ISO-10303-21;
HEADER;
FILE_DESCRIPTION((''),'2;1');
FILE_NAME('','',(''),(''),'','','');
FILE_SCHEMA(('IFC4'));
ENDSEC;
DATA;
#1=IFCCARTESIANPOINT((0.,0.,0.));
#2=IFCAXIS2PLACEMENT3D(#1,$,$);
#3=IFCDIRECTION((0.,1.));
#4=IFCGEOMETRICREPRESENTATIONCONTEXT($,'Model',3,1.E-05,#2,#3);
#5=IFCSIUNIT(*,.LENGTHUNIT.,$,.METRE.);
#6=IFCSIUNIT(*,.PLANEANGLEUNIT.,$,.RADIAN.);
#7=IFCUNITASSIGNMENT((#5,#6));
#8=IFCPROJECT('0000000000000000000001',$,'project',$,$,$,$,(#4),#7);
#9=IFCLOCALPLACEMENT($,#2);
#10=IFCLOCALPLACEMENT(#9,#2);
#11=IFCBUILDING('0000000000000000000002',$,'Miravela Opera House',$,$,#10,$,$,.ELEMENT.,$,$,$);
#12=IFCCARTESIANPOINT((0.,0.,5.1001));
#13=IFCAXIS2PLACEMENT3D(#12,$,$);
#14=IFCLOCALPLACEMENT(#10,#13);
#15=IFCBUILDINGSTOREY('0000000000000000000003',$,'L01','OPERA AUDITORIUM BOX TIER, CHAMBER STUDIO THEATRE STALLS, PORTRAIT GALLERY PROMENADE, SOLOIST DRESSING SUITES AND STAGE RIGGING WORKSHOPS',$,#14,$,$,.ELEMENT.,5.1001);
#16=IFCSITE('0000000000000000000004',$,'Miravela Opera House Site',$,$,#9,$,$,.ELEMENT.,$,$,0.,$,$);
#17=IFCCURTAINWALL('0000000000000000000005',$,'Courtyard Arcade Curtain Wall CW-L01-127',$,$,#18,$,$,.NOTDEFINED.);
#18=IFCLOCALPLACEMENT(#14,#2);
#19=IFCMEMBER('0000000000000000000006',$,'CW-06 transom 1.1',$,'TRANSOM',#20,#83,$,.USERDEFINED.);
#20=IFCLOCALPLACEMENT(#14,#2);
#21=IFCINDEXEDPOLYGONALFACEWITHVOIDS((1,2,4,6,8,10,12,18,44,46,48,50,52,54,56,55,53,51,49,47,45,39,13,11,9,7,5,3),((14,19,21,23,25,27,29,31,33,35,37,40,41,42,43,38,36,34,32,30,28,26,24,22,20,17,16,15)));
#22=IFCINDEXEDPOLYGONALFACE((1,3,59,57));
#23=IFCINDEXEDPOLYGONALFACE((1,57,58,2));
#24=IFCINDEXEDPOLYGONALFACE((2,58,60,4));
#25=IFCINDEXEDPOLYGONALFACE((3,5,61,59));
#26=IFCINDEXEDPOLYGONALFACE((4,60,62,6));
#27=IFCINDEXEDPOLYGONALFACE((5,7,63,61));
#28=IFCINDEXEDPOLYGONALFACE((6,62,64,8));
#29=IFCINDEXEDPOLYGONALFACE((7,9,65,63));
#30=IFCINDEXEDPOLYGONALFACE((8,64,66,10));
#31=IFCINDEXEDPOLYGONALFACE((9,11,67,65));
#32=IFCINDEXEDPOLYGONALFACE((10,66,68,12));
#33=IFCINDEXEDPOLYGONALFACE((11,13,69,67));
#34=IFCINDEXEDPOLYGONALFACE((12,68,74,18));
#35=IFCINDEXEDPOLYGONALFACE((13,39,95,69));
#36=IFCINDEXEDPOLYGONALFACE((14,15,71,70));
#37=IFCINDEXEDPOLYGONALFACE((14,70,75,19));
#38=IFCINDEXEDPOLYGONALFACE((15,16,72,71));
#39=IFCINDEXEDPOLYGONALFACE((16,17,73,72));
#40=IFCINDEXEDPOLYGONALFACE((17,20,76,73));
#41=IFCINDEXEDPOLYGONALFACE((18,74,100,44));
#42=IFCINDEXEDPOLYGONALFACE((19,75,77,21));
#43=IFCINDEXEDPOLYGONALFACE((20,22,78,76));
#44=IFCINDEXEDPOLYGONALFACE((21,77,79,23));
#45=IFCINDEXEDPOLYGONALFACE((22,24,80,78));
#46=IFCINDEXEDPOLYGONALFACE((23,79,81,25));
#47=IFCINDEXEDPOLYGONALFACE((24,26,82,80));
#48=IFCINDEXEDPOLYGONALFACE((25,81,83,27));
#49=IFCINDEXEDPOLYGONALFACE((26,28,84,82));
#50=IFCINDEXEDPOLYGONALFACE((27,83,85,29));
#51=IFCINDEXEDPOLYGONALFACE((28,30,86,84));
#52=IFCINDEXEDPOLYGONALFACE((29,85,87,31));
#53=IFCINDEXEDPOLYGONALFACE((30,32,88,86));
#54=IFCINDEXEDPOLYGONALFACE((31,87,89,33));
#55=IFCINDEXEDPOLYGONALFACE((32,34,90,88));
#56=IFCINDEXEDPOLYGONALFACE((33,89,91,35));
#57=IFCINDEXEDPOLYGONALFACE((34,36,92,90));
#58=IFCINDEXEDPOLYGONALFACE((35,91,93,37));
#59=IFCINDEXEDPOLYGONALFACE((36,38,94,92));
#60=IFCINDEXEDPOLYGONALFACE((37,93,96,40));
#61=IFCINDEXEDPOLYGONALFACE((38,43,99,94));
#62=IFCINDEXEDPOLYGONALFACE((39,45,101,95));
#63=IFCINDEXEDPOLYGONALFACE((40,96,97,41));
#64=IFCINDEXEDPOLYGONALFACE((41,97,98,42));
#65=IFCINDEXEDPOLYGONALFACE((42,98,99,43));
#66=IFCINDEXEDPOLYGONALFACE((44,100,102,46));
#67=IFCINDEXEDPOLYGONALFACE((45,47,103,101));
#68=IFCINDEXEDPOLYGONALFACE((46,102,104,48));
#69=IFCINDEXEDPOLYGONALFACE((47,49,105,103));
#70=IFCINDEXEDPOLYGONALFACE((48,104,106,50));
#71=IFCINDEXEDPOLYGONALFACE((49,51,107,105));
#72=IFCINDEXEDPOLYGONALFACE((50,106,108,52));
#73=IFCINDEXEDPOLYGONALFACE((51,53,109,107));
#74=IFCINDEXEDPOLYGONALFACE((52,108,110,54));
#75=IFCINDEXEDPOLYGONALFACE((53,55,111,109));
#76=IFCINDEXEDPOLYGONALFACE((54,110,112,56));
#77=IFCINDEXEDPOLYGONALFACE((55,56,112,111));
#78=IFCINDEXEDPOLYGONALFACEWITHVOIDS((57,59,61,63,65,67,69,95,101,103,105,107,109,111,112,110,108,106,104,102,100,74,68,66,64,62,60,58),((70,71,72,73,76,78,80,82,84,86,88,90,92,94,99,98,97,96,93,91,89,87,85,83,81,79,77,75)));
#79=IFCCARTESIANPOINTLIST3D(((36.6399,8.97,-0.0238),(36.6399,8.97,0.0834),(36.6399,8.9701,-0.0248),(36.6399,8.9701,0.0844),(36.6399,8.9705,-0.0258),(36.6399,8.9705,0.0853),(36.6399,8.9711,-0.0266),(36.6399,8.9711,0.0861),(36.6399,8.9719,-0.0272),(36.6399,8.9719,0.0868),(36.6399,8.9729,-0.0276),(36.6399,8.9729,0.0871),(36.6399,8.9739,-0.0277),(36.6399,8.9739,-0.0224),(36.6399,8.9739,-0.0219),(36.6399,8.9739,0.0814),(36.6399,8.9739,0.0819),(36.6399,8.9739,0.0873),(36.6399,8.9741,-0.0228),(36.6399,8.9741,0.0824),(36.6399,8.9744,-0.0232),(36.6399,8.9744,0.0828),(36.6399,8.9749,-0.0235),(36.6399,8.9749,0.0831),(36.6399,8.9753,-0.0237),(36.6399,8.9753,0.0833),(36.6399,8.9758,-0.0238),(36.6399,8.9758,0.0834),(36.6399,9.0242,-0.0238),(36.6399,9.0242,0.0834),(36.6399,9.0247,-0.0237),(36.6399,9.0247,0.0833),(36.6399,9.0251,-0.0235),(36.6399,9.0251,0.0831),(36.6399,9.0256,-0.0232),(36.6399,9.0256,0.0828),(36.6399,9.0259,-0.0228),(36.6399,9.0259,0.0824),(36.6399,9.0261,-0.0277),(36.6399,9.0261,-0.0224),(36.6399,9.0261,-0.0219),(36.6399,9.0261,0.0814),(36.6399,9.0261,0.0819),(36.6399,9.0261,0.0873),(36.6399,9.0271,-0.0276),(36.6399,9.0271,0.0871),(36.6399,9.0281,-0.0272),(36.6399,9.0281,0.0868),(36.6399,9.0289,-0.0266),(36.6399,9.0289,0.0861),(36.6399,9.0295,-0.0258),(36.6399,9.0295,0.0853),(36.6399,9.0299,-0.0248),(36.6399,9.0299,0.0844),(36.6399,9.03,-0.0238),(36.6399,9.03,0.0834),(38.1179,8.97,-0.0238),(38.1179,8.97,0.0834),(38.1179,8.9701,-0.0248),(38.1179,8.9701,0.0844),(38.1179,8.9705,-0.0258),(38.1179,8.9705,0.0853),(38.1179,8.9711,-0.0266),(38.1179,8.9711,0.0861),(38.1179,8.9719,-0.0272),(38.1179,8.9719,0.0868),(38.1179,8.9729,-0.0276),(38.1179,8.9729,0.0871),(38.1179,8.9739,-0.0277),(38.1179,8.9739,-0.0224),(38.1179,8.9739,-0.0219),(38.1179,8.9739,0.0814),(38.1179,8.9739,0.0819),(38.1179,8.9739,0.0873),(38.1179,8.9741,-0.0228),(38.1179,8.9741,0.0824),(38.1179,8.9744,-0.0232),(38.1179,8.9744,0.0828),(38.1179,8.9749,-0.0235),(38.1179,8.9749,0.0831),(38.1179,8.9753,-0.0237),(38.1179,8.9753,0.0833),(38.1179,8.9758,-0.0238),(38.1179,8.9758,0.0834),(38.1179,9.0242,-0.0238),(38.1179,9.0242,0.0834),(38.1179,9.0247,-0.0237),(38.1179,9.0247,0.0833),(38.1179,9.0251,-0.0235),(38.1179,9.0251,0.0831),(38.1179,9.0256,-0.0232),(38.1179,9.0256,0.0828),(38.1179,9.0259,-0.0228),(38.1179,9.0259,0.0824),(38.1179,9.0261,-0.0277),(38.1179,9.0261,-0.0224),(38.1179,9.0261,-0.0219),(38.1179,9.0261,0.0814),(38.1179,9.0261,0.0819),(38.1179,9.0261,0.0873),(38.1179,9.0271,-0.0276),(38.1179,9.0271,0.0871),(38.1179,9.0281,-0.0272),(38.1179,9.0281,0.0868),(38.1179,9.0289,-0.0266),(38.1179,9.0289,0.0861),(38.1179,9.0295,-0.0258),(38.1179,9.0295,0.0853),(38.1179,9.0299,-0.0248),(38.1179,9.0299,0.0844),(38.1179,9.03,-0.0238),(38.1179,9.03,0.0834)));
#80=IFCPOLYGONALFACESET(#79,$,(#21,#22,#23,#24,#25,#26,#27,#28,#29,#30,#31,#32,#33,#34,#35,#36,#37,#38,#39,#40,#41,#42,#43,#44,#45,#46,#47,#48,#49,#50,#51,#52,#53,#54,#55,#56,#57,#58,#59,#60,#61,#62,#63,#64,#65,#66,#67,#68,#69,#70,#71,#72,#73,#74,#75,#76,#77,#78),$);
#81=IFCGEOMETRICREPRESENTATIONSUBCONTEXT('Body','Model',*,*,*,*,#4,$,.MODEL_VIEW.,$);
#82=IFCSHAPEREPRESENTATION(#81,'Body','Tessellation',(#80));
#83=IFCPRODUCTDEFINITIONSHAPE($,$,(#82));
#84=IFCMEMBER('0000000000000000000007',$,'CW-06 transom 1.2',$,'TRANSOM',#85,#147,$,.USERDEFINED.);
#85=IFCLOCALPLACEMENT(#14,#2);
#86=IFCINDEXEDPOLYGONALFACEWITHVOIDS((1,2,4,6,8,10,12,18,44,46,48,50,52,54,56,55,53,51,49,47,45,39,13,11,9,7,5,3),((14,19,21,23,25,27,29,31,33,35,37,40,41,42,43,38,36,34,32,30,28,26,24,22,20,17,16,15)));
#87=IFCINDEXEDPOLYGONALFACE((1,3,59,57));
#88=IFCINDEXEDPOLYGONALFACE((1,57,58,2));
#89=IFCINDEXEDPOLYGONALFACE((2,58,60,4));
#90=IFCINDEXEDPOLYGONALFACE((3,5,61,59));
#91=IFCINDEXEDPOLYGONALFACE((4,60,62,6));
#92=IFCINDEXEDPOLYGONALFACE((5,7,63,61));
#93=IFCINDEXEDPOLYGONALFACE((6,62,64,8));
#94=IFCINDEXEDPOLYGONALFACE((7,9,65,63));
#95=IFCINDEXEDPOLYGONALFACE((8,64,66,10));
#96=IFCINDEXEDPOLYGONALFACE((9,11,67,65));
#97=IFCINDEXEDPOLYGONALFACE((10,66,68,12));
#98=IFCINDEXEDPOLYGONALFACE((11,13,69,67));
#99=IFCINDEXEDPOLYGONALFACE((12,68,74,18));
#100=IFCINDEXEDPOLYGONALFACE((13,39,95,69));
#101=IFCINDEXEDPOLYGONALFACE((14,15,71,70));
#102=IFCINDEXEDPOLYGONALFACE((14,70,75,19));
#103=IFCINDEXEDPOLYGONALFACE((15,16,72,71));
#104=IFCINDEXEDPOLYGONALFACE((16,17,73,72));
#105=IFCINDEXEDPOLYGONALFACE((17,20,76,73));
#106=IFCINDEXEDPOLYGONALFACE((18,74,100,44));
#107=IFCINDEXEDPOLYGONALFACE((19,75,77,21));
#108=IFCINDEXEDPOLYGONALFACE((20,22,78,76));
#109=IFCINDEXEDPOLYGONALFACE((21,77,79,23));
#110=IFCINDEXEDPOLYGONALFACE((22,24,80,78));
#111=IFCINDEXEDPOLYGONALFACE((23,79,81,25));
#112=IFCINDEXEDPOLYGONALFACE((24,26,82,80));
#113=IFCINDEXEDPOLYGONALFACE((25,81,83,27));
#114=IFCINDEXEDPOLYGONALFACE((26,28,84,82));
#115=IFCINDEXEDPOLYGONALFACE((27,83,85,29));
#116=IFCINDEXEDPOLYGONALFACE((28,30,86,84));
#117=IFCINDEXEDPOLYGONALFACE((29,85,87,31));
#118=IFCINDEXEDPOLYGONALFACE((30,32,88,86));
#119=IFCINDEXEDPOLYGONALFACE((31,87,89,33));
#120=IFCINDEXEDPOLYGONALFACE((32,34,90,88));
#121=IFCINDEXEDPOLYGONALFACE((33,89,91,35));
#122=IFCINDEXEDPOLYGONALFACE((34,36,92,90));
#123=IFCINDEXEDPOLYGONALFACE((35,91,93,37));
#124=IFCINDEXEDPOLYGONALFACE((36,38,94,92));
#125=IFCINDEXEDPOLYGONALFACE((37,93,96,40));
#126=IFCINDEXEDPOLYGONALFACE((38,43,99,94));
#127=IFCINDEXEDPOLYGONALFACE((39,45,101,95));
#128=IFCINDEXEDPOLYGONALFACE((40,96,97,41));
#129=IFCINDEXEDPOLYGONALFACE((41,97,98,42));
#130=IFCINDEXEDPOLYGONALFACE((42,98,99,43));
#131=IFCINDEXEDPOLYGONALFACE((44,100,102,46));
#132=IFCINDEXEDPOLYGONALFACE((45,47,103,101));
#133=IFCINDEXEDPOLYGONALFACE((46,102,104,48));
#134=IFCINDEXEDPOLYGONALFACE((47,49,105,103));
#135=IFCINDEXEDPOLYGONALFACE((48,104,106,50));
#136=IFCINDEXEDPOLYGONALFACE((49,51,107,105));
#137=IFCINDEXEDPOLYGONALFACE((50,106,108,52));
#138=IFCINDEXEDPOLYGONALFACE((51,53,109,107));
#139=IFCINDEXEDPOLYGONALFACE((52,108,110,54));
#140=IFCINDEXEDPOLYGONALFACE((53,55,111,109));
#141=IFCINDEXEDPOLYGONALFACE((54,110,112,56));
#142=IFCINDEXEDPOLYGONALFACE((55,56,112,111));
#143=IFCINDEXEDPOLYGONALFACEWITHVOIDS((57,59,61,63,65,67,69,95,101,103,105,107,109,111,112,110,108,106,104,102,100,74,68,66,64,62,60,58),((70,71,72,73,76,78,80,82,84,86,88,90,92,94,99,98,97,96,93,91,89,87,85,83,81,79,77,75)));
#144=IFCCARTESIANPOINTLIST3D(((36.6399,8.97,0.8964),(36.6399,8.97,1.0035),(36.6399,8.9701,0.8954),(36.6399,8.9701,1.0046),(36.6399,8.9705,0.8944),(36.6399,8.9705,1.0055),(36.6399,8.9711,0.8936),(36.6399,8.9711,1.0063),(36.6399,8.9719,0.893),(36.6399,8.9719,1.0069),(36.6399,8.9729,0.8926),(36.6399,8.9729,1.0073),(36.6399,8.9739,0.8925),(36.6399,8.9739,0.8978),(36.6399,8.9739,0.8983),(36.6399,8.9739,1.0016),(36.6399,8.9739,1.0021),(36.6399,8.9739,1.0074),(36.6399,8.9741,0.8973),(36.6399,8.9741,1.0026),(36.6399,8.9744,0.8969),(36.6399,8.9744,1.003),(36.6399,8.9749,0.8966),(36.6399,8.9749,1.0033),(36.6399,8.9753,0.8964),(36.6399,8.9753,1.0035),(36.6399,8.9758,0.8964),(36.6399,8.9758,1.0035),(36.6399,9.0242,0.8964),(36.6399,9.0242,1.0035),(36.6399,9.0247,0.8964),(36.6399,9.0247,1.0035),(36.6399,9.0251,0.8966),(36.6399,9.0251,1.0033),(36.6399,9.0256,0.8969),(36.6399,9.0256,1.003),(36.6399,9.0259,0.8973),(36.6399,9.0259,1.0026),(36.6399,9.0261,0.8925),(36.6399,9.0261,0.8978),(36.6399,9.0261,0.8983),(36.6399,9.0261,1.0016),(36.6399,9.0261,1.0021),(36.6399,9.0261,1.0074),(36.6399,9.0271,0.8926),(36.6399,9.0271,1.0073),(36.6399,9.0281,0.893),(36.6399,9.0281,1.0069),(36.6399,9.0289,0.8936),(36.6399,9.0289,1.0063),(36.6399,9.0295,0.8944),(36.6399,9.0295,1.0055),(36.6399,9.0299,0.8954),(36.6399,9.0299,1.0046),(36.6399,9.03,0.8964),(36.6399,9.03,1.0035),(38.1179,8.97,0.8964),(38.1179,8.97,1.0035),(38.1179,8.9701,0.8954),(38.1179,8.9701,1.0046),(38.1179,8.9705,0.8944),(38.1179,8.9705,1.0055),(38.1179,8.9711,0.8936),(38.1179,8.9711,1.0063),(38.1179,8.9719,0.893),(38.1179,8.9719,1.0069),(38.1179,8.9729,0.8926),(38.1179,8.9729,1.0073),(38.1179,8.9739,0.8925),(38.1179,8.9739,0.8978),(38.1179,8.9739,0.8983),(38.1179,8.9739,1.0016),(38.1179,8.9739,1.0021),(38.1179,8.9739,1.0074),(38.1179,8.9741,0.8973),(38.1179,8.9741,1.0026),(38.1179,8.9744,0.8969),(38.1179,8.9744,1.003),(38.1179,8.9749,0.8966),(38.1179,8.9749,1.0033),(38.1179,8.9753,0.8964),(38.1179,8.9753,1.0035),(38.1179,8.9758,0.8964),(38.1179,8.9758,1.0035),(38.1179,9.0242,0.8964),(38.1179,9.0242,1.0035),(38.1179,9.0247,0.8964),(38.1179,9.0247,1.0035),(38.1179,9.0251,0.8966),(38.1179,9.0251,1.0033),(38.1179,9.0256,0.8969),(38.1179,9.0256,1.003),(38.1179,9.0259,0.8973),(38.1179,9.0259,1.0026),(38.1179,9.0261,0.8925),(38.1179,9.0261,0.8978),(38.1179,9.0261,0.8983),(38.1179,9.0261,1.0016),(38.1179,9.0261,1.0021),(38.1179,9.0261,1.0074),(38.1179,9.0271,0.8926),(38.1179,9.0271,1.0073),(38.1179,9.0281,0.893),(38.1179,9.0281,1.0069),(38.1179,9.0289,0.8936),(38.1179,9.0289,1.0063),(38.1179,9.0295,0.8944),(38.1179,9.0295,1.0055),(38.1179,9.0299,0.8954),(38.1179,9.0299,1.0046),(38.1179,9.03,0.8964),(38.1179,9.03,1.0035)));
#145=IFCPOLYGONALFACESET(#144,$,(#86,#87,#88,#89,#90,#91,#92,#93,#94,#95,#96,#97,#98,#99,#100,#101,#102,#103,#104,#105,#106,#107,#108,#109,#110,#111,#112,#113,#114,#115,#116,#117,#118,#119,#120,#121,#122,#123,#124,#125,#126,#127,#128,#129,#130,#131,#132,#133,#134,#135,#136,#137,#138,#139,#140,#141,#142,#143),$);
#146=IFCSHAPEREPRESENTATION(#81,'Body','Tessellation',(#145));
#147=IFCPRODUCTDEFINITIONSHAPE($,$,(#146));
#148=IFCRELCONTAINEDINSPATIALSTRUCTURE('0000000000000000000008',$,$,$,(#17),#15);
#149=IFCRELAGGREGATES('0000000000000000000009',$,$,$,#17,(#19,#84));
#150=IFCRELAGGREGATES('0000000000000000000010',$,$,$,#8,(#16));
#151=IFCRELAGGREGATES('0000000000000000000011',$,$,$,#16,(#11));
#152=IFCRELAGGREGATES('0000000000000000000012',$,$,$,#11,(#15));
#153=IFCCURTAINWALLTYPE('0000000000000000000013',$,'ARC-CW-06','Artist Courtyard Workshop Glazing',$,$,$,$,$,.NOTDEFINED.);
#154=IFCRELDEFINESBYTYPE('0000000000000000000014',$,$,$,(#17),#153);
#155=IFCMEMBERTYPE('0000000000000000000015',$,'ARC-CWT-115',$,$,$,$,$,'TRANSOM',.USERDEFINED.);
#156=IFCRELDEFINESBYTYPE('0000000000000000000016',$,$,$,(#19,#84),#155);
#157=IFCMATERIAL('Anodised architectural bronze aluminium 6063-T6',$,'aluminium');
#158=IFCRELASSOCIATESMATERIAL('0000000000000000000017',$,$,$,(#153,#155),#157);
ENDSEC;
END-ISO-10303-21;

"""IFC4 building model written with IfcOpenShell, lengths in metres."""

from ifc_helpers import new_model, si_unit, direction, frame, origin, origin_2d, place, context, subcontext, project, spatial, hollow_rectangle, extrude, material, material_profile, profile_set, type_object, element, aggregate, save


model = new_model("IFC4")

# Units and contexts
model_context = context("Model", 3, precision=1e-05, world=origin(), true_north=direction((0.0, 1.0)))
body_context = subcontext(model_context, "Body", "Model", "MODEL_VIEW")
ifc_project = project(units=[si_unit("LENGTHUNIT", "METRE"), si_unit("PLANEANGLEUNIT", "RADIAN")], contexts=[model_context])

# Site, building, storey
site_placement = place(None, origin())
site = spatial("IfcSite", under=ifc_project, at=site_placement, Name="Miravela Opera House Site", CompositionType="ELEMENT", RefElevation=0.0)
building_placement = place(site_placement, origin())
building = spatial("IfcBuilding", under=site, at=building_placement, Name="Miravela Opera House", CompositionType="ELEMENT")
storey_placement = place(building_placement, frame((0.0, 0.0, 5.1001)))
storey = spatial("IfcBuildingStorey", under=building, at=storey_placement, Name="L01", Description="OPERA AUDITORIUM BOX TIER, CHAMBER STUDIO THEATRE STALLS, PORTRAIT GALLERY PROMENADE, SOLOIST DRESSING SUITES AND STAGE RIGGING WORKSHOPS", CompositionType="ELEMENT", Elevation=5.1001)

# Shared definitions
ifc_material_1 = material(Name="Anodised architectural bronze aluminium 6063-T6", Category="aluminium")
curtain_wall_type = type_object("IfcCurtainWallType", Name="ARC-CW-06", Description="Artist Courtyard Workshop Glazing", PredefinedType="NOTDEFINED", material=ifc_material_1)

# Curtain wall
curtain_wall_1_placement = place(storey_placement, origin())
curtain_wall_1 = element("IfcCurtainWall", 1, at=curtain_wall_1_placement, inside=storey, type_object=curtain_wall_type, Name="Courtyard Arcade Curtain Wall CW-L01-127", PredefinedType="NOTDEFINED")

# Members
ifc_material_profile_1 = material_profile(ifc_material_1, hollow_rectangle(XDim=0.0601, YDim=0.115, WallThickness=0.0039, InnerFilletRadius=0.002, OuterFilletRadius=0.0039, at=origin_2d()), Name="CWT-60X115")
ifc_profile_set_1 = profile_set([ifc_material_profile_1])
member_type_1 = type_object("IfcMemberType", Name="ARC-CWT-115", ElementType="TRANSOM", PredefinedType="USERDEFINED", material=ifc_profile_set_1)
member_1_placement = place(storey_placement, frame((36.6399, 9.0, 0.0298), z_axis=(1.0, 0.0, 0.0), x_axis=(0.0, 1.0, 0.0)))
member_1 = element("IfcMember", 2, at=member_1_placement, type_object=member_type_1, Name="CW-06 transom 1.1", ObjectType="TRANSOM", PredefinedType="USERDEFINED", context=body_context, shape_type="SweptSolid", body=[
    extrude(hollow_rectangle(XDim=0.0601, YDim=0.115, WallThickness=0.0039, InnerFilletRadius=0.002, OuterFilletRadius=0.0039, at=origin_2d()), origin(), (0.0, 0.0, 1.0), 1.478),
])
member_2_placement = place(storey_placement, frame((36.6399, 9.0, 0.95), z_axis=(1.0, 0.0, 0.0), x_axis=(0.0, 1.0, 0.0)))
member_2 = element("IfcMember", 3, at=member_2_placement, type_object=member_type_1, Name="CW-06 transom 1.2", ObjectType="TRANSOM", PredefinedType="USERDEFINED", context=body_context, shape_type="SweptSolid", body=[
    extrude(hollow_rectangle(XDim=0.0601, YDim=0.115, WallThickness=0.0039, InnerFilletRadius=0.002, OuterFilletRadius=0.0039, at=origin_2d()), origin(), (0.0, 0.0, 1.0), 1.478),
])

aggregate(curtain_wall_1, [member_1, member_2])

save(model, "model.ifc")
